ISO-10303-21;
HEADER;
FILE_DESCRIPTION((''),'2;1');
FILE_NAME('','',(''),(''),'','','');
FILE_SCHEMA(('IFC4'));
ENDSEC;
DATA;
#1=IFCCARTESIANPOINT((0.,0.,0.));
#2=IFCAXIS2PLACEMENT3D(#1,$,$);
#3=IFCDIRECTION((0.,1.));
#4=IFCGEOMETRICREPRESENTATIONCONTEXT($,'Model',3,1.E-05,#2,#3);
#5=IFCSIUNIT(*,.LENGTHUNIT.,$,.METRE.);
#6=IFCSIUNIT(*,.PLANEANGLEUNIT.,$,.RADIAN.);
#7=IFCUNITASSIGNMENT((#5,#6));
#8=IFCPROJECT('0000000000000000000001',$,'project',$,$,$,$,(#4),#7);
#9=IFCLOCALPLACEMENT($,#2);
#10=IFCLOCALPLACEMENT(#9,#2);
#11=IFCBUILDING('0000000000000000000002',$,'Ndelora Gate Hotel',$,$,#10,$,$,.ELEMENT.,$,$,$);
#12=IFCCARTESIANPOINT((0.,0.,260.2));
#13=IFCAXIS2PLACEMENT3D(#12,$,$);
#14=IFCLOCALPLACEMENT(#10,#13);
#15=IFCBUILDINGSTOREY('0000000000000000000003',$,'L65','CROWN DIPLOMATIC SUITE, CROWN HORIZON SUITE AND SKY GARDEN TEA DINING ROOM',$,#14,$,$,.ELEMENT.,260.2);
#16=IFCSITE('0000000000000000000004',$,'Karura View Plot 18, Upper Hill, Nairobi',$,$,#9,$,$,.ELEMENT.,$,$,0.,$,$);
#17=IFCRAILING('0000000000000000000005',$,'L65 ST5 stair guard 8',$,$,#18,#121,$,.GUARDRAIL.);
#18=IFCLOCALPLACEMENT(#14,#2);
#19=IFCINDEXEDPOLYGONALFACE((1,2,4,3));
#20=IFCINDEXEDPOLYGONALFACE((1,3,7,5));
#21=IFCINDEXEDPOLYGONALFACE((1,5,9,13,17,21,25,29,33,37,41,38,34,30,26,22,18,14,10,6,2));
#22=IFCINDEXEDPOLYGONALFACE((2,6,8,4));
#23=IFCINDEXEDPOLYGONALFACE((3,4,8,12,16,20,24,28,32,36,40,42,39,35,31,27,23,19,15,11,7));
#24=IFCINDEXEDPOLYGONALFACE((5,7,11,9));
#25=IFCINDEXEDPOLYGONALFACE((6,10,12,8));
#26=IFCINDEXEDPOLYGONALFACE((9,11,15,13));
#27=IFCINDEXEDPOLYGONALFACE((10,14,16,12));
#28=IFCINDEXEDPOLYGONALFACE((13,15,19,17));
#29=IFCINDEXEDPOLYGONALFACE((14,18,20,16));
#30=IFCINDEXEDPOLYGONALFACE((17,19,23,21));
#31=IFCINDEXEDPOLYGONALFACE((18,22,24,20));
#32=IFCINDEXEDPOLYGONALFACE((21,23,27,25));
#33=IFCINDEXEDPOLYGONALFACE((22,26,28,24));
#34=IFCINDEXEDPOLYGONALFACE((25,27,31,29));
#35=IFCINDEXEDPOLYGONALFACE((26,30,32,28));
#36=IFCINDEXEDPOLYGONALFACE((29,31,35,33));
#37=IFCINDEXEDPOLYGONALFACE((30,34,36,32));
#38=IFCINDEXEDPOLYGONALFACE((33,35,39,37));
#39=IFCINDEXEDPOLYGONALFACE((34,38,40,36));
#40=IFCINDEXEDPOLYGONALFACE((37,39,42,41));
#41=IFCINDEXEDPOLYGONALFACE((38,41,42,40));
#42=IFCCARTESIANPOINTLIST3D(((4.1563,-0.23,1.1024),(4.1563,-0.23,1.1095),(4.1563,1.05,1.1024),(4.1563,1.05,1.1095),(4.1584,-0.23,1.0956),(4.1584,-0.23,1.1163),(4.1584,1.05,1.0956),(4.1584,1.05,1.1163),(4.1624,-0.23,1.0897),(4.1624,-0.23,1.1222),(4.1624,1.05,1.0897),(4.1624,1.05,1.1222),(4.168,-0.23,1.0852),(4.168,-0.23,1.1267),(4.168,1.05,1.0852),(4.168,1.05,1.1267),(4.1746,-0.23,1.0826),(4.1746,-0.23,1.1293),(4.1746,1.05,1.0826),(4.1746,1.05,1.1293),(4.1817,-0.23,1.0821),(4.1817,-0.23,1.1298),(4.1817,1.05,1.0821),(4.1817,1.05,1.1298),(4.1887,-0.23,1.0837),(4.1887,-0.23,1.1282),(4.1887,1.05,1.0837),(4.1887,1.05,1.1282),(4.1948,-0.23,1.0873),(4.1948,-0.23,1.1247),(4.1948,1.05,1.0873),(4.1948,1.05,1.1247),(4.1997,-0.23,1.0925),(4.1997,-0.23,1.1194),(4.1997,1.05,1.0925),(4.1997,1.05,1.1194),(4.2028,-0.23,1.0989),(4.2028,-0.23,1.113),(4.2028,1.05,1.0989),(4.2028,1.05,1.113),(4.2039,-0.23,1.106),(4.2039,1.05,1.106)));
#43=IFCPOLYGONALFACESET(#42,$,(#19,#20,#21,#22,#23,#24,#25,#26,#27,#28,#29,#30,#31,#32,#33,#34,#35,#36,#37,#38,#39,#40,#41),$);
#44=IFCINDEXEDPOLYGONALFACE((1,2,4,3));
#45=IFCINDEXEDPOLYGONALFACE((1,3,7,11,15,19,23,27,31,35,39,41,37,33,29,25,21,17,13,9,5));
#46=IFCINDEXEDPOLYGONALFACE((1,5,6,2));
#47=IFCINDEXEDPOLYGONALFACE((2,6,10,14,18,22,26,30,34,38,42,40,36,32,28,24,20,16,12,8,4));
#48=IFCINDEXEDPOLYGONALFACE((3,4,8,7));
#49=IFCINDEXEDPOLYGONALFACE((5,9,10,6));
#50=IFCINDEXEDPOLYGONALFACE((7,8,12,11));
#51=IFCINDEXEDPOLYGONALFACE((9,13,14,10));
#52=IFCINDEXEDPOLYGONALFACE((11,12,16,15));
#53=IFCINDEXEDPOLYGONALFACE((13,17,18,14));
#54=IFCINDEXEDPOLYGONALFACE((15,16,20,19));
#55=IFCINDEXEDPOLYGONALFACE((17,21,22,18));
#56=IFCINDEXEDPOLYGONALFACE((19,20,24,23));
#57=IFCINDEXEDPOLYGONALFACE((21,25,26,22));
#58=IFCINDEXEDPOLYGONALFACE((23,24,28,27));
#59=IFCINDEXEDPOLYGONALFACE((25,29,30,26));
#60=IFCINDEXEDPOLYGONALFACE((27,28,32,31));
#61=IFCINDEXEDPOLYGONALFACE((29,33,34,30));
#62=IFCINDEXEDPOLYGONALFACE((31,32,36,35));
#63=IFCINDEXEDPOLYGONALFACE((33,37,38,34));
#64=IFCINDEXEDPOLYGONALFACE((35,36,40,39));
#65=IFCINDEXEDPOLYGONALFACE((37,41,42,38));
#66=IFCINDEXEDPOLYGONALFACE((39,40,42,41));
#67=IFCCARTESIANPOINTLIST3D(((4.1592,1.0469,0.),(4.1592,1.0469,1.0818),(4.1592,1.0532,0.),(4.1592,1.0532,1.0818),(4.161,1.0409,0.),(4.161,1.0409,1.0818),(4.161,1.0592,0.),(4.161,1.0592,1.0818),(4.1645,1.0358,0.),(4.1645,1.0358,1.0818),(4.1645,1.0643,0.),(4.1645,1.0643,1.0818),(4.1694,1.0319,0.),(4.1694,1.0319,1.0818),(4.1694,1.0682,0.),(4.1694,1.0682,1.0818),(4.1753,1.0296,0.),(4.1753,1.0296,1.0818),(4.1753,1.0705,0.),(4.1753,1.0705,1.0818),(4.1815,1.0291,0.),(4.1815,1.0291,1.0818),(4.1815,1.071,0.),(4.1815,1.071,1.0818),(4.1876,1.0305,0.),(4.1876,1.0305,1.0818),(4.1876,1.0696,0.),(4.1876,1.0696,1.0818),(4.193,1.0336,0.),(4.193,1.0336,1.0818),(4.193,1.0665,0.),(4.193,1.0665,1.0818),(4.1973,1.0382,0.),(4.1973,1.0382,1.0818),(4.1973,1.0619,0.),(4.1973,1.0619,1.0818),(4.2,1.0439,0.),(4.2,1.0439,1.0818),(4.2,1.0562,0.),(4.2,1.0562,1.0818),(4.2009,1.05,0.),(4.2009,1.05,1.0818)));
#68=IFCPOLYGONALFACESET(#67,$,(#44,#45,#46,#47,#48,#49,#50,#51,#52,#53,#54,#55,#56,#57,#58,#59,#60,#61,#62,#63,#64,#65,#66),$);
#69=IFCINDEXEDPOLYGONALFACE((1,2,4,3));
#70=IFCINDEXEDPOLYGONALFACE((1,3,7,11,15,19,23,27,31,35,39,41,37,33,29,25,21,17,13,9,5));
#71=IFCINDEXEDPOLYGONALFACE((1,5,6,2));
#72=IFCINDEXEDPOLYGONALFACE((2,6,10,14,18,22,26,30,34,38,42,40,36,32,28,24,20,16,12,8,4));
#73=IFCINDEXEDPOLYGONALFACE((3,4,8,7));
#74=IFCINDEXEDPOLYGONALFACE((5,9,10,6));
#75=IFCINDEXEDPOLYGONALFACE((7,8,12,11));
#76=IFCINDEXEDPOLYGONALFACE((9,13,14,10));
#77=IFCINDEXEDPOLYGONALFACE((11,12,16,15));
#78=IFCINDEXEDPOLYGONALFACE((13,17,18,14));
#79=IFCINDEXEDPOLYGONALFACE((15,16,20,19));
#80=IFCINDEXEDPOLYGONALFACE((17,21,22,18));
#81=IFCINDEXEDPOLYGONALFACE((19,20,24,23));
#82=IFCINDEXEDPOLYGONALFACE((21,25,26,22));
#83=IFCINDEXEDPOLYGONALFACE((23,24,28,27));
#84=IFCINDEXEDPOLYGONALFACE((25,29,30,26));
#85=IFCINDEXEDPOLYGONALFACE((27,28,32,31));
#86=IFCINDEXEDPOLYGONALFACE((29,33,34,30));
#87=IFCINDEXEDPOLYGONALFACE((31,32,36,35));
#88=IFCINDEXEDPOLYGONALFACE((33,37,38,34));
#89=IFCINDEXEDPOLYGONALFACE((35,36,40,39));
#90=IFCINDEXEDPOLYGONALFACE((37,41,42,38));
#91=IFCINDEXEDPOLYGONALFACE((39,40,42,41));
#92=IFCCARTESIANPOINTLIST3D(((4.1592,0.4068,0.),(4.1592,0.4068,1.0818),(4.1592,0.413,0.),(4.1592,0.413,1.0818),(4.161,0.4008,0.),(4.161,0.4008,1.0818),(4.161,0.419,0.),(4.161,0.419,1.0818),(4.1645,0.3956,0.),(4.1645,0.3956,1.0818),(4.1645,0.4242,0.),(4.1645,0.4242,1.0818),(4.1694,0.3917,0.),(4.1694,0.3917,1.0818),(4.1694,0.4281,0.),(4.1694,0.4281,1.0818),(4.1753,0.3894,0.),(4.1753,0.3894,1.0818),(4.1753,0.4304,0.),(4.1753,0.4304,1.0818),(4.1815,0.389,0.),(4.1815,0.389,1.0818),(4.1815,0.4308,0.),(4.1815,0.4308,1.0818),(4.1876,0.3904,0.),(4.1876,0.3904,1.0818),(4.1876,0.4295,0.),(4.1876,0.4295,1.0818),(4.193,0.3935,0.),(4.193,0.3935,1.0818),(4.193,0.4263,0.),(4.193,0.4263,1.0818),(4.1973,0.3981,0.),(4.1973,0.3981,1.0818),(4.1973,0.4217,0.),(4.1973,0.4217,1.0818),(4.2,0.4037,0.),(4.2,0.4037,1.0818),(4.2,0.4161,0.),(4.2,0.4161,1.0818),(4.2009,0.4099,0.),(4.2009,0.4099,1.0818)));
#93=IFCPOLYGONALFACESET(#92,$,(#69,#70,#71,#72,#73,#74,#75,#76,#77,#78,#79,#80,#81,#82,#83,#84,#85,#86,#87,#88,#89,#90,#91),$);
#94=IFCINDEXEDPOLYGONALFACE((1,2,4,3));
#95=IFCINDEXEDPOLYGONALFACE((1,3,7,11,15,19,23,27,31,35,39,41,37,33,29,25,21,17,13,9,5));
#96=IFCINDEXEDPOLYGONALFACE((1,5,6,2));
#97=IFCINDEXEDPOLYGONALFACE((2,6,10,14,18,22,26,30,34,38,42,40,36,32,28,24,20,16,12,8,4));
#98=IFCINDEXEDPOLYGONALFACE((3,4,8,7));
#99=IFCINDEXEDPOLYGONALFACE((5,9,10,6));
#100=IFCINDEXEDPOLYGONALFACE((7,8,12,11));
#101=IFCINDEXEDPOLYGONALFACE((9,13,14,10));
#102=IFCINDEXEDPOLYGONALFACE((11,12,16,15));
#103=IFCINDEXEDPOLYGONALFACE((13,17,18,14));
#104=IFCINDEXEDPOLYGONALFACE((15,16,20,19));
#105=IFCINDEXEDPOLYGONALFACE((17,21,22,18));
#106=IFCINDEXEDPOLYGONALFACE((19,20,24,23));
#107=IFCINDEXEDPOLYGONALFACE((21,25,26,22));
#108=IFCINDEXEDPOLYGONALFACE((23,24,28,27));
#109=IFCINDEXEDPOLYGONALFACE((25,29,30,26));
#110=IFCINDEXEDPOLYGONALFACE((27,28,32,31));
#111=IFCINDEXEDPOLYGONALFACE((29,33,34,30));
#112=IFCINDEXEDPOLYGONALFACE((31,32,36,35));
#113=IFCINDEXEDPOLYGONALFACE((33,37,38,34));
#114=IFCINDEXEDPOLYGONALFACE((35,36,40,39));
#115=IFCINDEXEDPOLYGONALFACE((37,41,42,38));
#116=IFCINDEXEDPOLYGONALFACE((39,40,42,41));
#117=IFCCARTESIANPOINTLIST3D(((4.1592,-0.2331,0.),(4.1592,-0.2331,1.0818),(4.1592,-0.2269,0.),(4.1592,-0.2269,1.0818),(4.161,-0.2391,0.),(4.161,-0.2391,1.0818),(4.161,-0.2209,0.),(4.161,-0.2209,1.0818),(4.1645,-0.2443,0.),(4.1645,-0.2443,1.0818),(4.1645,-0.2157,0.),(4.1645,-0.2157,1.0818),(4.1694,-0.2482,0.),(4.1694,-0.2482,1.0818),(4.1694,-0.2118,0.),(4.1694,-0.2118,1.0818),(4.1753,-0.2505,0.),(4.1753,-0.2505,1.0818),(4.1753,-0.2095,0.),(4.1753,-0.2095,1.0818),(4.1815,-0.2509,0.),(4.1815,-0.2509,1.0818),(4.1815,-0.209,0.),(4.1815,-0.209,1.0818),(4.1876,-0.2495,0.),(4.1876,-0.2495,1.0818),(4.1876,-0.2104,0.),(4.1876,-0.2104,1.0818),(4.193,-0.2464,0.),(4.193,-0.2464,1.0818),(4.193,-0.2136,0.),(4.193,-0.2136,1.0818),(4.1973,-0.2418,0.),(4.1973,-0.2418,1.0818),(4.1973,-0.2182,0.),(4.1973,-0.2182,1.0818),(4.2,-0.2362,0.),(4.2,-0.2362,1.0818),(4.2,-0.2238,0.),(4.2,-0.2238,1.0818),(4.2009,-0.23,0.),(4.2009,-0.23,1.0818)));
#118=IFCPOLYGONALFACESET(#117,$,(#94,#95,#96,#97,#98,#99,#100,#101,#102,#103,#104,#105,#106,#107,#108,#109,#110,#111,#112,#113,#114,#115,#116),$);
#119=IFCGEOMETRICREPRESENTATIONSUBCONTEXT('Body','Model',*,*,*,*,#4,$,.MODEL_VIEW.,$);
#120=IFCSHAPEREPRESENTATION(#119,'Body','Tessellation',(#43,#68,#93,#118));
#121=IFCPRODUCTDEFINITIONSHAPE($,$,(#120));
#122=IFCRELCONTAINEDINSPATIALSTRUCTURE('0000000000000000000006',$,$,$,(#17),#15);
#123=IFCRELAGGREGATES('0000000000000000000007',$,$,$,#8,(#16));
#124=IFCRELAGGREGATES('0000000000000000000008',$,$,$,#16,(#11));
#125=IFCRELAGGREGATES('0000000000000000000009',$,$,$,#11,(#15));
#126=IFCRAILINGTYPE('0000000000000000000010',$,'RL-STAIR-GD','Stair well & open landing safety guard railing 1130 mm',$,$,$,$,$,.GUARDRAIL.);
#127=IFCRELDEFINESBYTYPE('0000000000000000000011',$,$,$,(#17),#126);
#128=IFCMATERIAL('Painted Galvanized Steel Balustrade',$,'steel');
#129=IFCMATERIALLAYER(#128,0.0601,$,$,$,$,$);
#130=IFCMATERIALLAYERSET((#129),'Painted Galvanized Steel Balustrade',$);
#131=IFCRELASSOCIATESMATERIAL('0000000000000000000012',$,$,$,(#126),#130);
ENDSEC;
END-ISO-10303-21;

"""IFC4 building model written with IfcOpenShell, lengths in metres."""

from ifc_helpers import new_model, si_unit, direction, frame, origin, origin_2d, place, context, subcontext, project, spatial, circle, extrude, material, layer, layer_set, type_object, element, save


model = new_model("IFC4")

# Units and contexts
model_context = context("Model", 3, precision=1e-05, world=origin(), true_north=direction((0.0, 1.0)))
body_context = subcontext(model_context, "Body", "Model", "MODEL_VIEW")
ifc_project = project(units=[si_unit("LENGTHUNIT", "METRE"), si_unit("PLANEANGLEUNIT", "RADIAN")], contexts=[model_context])

# Site, building, storey
site_placement = place(None, origin())
site = spatial("IfcSite", under=ifc_project, at=site_placement, Name="Karura View Plot 18, Upper Hill, Nairobi", CompositionType="ELEMENT", RefElevation=0.0)
building_placement = place(site_placement, origin())
building = spatial("IfcBuilding", under=site, at=building_placement, Name="Ndelora Gate Hotel", CompositionType="ELEMENT")
storey_placement = place(building_placement, frame((0.0, 0.0, 260.2)))
storey = spatial("IfcBuildingStorey", under=building, at=storey_placement, Name="L65", Description="CROWN DIPLOMATIC SUITE, CROWN HORIZON SUITE AND SKY GARDEN TEA DINING ROOM", CompositionType="ELEMENT", Elevation=260.2)

# Railing
ifc_material_1 = material(Name="Painted Galvanized Steel Balustrade", Category="steel")
ifc_layer_1 = layer(ifc_material_1, 0.0601)
ifc_layer_set_1 = layer_set([ifc_layer_1], Name="Painted Galvanized Steel Balustrade")
railing_type = type_object("IfcRailingType", Name="RL-STAIR-GD", Description="Stair well & open landing safety guard railing 1130 mm", PredefinedType="GUARDRAIL", material=ifc_layer_set_1)
railing_1_placement = place(storey_placement, frame((4.1799, 1.05, 0.0)))
element("IfcRailing", 1, at=railing_1_placement, inside=storey, type_object=railing_type, Name="L65 ST5 stair guard 8", PredefinedType="GUARDRAIL", context=body_context, shape_type="SweptSolid", body=[
    extrude(circle(Radius=0.0239, at=origin_2d()), frame((0.0, 0.0, 1.106), z_axis=(0.0, -1.0, 0.0), x_axis=(1.0, 0.0, 0.0)), (0.0, 0.0, 1.0), 1.28),
    extrude(circle(Radius=0.021, at=origin_2d()), origin(), (0.0, 0.0, 1.0), 1.0818),
    extrude(circle(Radius=0.021, at=origin_2d()), frame((0.0, -0.6401, 0.0)), (0.0, 0.0, 1.0), 1.0818),
    extrude(circle(Radius=0.021, at=origin_2d()), frame((0.0, -1.28, 0.0)), (0.0, 0.0, 1.0), 1.0818),
])

save(model, "model.ifc")
